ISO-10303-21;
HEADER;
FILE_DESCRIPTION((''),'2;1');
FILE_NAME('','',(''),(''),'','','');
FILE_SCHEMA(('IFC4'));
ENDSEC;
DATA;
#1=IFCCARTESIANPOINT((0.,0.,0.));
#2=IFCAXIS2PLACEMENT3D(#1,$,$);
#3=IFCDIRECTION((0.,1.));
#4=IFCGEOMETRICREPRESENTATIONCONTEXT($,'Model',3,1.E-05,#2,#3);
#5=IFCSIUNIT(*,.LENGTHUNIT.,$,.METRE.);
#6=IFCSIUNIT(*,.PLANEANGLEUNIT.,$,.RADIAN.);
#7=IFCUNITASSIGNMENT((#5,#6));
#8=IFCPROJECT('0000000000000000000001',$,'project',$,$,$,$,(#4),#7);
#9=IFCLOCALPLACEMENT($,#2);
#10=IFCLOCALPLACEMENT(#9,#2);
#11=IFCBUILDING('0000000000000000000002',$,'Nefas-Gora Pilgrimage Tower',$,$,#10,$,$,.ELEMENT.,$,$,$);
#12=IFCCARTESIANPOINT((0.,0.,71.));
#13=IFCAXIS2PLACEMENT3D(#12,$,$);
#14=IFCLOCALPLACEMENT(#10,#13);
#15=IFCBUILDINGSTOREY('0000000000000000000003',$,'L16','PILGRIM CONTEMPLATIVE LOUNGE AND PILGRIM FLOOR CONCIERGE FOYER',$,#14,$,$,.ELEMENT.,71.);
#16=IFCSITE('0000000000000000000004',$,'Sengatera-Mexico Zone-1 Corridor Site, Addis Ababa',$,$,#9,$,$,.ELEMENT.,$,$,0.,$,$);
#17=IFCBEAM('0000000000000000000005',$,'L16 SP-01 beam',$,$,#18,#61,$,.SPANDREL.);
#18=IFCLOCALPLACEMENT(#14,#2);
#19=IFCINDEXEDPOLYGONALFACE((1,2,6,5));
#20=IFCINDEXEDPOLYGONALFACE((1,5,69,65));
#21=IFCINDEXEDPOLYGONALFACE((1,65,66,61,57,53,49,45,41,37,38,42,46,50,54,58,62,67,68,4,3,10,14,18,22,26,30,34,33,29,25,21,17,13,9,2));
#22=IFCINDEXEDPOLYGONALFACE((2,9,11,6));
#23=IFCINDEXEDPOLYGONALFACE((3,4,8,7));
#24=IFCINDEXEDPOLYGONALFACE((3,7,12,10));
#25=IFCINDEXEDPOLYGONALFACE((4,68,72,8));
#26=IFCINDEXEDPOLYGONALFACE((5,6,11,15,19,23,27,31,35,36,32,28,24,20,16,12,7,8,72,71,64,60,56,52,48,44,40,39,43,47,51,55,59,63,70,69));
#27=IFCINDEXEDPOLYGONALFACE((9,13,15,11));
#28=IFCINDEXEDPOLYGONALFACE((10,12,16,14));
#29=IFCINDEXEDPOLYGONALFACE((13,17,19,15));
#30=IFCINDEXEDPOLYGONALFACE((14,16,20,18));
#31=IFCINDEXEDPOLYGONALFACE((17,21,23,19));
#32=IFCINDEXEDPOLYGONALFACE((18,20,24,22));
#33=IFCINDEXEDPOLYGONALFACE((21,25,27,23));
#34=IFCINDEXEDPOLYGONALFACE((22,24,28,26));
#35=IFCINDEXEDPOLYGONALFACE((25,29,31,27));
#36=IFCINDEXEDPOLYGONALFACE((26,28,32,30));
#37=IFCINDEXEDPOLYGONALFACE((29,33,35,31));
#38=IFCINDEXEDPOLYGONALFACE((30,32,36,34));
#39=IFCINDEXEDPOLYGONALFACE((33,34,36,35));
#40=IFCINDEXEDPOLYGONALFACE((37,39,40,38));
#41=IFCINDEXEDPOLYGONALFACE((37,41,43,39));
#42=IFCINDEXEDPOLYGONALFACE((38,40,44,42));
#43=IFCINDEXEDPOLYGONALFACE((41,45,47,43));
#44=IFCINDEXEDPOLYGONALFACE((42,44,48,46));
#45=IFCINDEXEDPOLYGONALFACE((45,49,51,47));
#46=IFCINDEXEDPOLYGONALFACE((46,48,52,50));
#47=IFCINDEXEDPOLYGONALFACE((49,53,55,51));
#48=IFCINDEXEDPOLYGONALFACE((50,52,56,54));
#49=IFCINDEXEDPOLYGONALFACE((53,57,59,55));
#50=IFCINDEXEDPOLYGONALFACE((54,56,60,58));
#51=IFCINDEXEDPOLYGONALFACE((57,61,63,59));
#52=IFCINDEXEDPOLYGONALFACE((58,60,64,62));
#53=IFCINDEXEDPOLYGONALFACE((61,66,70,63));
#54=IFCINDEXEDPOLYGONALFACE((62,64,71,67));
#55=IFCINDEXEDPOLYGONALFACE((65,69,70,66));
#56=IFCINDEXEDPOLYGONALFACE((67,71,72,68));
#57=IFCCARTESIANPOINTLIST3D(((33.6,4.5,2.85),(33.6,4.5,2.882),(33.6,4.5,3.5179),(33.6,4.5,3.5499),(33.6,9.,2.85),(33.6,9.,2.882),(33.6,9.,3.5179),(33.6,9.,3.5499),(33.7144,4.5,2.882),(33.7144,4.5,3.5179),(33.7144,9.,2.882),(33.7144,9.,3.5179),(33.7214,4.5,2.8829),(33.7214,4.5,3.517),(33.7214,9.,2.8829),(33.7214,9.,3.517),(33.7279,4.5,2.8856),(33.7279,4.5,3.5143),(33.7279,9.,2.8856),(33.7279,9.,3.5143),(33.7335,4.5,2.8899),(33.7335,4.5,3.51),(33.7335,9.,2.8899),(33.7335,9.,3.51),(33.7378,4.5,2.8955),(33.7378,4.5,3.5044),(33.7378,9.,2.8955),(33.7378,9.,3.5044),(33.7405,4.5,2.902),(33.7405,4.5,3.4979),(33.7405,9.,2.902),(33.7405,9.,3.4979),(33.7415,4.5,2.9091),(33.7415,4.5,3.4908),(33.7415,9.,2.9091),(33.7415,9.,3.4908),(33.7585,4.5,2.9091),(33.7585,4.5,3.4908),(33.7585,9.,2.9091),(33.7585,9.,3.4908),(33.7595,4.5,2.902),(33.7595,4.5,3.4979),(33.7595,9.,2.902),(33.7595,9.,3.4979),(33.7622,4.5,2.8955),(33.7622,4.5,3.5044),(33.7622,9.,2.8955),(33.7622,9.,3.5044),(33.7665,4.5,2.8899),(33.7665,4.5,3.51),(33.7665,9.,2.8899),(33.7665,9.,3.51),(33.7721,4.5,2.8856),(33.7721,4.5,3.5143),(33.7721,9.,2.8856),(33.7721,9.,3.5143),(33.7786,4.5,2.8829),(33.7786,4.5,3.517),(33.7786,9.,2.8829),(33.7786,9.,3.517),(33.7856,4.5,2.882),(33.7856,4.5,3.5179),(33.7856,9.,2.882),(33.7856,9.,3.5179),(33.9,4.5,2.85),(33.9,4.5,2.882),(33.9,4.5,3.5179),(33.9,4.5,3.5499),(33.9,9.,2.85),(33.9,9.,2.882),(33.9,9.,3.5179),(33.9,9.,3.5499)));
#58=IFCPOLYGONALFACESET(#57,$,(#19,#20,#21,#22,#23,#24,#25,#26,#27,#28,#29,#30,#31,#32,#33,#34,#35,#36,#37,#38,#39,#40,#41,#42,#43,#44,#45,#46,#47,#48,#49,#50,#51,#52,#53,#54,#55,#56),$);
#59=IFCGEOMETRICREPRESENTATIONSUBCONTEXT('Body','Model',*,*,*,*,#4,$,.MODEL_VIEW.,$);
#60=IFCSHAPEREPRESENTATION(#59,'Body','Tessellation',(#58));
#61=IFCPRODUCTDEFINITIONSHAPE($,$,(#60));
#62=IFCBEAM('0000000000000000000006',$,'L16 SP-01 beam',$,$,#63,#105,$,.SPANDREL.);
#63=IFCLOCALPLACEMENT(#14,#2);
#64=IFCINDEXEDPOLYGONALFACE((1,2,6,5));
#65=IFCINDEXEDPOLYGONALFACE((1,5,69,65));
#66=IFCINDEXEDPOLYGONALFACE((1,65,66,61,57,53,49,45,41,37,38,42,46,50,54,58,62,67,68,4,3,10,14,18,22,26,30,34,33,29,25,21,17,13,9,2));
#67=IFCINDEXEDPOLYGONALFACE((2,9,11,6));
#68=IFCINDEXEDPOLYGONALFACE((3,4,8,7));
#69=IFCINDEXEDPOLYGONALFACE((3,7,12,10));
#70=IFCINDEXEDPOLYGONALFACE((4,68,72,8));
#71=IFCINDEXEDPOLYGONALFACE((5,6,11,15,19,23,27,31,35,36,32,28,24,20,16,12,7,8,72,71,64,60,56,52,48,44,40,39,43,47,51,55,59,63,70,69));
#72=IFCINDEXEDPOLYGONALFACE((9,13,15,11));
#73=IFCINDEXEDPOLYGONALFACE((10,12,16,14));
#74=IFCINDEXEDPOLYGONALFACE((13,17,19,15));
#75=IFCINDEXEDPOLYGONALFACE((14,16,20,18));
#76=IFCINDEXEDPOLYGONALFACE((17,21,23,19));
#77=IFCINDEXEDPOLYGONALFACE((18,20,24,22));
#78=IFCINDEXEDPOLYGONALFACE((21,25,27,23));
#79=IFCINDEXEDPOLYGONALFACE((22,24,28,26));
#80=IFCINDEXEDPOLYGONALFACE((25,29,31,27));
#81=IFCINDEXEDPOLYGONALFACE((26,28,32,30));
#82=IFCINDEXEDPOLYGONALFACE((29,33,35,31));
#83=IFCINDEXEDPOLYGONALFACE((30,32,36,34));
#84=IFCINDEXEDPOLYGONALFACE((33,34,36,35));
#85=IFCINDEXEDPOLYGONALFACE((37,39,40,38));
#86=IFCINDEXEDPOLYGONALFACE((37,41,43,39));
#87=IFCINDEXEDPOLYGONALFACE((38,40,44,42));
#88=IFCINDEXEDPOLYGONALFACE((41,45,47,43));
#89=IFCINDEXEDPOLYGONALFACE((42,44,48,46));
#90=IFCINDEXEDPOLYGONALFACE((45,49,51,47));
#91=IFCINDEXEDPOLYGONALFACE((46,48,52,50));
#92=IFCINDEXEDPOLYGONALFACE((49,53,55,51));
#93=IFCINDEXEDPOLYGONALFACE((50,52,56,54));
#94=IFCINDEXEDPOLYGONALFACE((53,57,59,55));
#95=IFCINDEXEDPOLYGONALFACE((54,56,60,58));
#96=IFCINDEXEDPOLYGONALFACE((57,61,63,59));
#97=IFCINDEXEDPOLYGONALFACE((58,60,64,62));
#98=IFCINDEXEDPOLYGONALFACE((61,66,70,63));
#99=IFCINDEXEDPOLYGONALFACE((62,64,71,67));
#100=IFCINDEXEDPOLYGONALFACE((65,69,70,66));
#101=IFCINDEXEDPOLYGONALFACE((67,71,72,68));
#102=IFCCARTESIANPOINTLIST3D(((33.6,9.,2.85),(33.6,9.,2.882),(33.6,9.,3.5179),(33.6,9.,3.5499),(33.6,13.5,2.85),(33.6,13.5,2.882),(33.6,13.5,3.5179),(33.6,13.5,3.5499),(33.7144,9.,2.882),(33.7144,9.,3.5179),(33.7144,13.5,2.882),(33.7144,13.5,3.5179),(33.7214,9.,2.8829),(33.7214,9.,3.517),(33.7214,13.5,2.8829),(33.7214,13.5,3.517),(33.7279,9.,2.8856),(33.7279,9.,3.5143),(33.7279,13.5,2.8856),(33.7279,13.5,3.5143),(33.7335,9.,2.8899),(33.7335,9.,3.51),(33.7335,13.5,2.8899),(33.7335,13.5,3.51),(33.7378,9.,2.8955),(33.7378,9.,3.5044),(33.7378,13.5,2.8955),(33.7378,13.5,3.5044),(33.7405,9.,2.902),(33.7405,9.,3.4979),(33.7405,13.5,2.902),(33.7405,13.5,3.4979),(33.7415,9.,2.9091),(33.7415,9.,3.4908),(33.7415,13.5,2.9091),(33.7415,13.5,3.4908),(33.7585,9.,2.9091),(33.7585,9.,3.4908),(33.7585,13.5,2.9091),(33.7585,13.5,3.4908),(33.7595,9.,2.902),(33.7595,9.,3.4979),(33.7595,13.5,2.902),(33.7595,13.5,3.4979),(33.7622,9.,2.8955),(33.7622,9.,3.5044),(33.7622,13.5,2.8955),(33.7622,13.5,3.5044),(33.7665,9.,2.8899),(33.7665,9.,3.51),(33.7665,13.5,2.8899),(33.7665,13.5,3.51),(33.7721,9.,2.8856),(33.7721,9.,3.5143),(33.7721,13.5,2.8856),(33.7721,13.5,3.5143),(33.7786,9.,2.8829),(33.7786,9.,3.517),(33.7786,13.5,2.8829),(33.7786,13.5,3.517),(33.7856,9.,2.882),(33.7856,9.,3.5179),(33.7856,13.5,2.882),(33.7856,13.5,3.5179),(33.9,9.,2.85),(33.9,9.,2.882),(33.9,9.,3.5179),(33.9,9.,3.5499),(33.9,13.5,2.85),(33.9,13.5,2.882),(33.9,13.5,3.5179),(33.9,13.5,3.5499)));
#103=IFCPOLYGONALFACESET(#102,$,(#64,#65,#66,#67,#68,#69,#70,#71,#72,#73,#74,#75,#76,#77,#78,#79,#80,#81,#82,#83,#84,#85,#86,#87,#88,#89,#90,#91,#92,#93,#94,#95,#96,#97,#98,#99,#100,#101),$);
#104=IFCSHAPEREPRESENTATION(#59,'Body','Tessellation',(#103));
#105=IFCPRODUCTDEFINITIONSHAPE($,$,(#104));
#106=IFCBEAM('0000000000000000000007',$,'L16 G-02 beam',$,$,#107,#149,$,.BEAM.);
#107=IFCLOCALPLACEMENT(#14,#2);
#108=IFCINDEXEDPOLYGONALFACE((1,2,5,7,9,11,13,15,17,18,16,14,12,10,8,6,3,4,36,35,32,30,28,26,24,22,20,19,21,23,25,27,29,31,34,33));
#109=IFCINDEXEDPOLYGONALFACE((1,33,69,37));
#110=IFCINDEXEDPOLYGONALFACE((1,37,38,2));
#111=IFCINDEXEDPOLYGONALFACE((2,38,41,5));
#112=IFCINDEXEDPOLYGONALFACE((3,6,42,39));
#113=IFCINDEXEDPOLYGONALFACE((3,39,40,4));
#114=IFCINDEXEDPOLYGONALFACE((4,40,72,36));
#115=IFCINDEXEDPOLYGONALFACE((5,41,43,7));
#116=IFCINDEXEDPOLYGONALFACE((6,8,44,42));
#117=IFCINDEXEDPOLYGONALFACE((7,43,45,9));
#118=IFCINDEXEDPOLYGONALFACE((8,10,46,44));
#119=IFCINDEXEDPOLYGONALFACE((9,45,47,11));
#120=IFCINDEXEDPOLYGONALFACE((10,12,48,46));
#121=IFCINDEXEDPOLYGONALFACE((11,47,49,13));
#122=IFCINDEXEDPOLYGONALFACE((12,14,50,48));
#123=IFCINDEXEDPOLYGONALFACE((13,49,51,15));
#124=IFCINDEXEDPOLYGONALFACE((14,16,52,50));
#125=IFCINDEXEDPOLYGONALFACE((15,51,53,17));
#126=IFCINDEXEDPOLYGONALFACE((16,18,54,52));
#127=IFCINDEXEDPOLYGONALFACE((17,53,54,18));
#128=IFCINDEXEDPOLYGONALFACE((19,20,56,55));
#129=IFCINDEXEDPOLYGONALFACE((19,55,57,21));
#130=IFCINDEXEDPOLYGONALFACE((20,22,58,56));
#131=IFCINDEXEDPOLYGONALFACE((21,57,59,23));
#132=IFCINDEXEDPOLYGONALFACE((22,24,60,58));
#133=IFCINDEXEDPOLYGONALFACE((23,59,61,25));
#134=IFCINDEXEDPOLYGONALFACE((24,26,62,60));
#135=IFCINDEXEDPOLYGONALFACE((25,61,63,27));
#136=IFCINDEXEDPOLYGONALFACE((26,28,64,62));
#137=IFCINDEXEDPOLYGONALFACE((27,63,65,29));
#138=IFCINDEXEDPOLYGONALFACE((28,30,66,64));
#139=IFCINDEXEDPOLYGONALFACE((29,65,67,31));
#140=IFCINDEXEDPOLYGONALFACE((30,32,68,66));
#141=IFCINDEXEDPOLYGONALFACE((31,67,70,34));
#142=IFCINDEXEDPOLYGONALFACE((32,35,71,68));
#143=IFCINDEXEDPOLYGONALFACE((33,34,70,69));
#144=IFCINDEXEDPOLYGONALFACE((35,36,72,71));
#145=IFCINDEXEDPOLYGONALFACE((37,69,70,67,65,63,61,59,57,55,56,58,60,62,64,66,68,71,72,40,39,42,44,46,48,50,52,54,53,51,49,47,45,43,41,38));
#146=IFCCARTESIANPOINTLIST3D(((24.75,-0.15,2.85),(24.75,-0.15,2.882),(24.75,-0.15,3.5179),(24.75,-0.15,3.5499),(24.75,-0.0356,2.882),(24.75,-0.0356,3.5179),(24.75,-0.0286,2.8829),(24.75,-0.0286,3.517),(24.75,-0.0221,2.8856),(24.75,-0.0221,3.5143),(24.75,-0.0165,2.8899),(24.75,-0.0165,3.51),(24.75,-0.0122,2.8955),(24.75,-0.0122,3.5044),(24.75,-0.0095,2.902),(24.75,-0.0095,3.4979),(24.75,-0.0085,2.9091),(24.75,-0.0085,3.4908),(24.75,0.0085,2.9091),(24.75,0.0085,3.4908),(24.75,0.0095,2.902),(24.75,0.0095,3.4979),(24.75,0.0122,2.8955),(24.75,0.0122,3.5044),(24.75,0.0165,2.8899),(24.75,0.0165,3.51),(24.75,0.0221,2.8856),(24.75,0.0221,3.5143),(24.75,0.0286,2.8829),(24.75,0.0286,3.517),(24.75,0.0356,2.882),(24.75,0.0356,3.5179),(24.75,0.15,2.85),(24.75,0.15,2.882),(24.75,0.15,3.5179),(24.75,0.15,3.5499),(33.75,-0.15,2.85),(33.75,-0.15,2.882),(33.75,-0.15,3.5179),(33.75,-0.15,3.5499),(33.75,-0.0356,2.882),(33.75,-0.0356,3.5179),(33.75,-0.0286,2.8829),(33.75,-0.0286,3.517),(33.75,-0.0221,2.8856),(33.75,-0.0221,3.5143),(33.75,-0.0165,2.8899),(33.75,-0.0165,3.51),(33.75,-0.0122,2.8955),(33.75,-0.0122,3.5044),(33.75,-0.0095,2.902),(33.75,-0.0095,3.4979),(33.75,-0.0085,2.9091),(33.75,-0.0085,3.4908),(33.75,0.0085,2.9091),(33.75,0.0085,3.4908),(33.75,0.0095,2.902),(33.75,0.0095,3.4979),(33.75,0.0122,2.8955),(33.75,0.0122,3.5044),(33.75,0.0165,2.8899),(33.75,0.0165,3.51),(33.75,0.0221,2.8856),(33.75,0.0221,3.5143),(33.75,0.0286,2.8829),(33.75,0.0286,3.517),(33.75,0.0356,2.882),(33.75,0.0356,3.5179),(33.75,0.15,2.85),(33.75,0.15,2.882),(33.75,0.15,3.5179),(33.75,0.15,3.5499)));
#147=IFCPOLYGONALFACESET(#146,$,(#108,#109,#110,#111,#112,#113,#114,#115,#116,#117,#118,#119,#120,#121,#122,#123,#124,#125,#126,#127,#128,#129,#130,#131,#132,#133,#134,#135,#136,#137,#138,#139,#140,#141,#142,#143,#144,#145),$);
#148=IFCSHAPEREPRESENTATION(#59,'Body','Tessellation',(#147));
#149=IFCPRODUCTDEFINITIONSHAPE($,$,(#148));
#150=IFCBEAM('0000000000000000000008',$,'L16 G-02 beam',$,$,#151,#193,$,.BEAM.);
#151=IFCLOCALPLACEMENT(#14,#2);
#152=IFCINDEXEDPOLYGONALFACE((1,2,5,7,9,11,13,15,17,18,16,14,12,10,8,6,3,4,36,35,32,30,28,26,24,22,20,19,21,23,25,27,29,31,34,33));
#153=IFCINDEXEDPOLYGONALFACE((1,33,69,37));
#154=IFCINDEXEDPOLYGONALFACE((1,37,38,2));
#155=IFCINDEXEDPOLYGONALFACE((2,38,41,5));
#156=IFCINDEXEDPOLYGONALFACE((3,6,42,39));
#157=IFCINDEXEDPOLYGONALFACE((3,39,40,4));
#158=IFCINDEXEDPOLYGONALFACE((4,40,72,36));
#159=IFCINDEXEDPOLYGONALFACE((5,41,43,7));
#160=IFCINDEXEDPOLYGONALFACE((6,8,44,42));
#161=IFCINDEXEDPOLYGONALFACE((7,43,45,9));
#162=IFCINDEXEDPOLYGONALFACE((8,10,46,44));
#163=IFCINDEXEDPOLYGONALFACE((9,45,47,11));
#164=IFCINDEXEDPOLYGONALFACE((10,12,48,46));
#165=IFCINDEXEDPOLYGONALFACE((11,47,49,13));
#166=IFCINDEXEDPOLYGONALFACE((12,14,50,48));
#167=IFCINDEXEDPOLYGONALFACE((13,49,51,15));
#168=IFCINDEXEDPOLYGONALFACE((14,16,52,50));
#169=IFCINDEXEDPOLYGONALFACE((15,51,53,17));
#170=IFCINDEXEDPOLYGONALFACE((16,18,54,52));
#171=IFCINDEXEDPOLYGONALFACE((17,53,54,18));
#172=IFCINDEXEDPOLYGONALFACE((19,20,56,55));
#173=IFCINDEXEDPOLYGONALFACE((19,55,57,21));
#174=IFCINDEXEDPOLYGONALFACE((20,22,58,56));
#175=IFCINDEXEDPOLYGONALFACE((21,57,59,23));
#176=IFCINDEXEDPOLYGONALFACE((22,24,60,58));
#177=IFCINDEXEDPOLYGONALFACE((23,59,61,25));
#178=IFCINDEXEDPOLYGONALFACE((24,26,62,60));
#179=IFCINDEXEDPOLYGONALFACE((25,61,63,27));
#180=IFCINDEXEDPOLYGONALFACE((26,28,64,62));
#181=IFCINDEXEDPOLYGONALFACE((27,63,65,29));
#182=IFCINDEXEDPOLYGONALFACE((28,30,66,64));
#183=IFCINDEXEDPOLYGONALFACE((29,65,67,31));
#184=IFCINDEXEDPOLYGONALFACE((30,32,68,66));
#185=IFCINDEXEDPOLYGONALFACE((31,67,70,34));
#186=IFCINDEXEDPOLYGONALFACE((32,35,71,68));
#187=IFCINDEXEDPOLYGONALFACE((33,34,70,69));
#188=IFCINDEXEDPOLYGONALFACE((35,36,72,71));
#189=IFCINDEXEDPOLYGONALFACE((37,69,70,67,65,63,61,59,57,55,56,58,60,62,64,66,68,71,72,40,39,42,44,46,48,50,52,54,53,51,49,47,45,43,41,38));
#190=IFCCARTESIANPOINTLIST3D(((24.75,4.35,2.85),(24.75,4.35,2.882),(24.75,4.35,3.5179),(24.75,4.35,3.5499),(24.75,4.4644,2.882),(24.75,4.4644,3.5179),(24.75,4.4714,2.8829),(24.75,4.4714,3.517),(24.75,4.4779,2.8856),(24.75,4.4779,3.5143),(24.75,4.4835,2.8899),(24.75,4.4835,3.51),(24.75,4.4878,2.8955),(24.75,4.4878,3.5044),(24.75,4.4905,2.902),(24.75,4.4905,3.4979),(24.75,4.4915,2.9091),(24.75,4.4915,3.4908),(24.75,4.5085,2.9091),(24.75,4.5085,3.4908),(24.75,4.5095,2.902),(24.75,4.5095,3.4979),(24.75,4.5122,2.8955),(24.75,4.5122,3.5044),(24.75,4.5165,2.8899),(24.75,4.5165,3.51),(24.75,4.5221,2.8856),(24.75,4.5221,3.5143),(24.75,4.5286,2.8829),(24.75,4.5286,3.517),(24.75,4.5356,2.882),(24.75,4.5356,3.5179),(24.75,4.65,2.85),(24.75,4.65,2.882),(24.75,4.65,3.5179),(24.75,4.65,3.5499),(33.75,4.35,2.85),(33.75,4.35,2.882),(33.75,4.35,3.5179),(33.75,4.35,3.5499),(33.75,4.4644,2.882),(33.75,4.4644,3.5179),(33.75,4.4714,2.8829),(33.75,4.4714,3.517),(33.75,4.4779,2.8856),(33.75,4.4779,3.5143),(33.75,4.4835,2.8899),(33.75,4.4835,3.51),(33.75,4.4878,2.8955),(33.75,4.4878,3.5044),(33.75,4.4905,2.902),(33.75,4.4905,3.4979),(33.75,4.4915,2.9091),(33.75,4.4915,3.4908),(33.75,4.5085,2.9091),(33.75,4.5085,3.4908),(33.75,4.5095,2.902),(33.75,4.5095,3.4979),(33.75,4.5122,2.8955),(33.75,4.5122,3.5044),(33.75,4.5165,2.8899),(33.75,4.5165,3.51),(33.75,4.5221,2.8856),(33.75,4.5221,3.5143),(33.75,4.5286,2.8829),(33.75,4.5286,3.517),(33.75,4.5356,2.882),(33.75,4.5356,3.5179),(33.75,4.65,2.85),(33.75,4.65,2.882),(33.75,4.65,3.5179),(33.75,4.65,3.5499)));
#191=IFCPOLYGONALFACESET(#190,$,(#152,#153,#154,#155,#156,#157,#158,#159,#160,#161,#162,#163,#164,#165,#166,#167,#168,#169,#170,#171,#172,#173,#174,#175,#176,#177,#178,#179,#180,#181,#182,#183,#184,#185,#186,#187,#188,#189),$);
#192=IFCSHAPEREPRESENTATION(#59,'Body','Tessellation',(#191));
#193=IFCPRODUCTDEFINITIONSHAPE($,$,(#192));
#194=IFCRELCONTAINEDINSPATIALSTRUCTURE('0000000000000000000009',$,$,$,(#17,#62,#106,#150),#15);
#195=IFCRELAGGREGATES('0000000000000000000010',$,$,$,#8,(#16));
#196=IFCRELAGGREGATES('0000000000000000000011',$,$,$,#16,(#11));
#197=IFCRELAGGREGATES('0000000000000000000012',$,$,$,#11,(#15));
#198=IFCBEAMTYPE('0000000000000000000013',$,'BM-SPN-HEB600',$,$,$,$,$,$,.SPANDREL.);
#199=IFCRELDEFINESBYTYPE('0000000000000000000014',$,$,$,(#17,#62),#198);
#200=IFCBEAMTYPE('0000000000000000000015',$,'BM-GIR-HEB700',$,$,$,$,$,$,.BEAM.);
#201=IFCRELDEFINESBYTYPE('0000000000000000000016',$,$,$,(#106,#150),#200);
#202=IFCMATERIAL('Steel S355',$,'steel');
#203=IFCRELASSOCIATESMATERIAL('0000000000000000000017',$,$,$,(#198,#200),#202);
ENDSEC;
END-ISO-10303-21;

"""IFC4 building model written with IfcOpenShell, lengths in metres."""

from ifc_helpers import new_model, si_unit, direction, frame, origin, origin_2d, place, context, subcontext, project, spatial, i_section, extrude, source, transform, mapped, material, material_profile, profile_set, type_object, element, save


model = new_model("IFC4")

# Units and contexts
model_context = context("Model", 3, precision=1e-05, world=origin(), true_north=direction((0.0, 1.0)))
body_context = subcontext(model_context, "Body", "Model", "MODEL_VIEW")
ifc_project = project(units=[si_unit("LENGTHUNIT", "METRE"), si_unit("PLANEANGLEUNIT", "RADIAN")], contexts=[model_context])

# Site, building, storey
site_placement = place(None, origin())
site = spatial("IfcSite", under=ifc_project, at=site_placement, Name="Sengatera-Mexico Zone-1 Corridor Site, Addis Ababa", CompositionType="ELEMENT", RefElevation=0.0)
building_placement = place(site_placement, origin())
building = spatial("IfcBuilding", under=site, at=building_placement, Name="Nefas-Gora Pilgrimage Tower", CompositionType="ELEMENT")
storey_placement = place(building_placement, frame((0.0, 0.0, 71.0)))
storey = spatial("IfcBuildingStorey", under=building, at=storey_placement, Name="L16", Description="PILGRIM CONTEMPLATIVE LOUNGE AND PILGRIM FLOOR CONCIERGE FOYER", CompositionType="ELEMENT", Elevation=71.0)

# Beams
ifc_material_1 = material(Name="Steel S355", Category="steel")
ifc_material_profile_1 = material_profile(ifc_material_1, i_section(OverallWidth=0.3, OverallDepth=0.7, WebThickness=0.0171, FlangeThickness=0.032, FilletRadius=0.0271, at=origin_2d()), Name="HEB 700")
ifc_profile_set_1 = profile_set([ifc_material_profile_1], Name="Steel S355")
beam_type_1 = type_object("IfcBeamType", Name="BM-SPN-HEB600", PredefinedType="SPANDREL", material=ifc_profile_set_1)
shared_shape_1 = source(origin(), body_context, "Body", "SweptSolid", [
    extrude(i_section(OverallWidth=0.3, OverallDepth=0.7, WebThickness=0.0171, FlangeThickness=0.032, FilletRadius=0.0271, at=origin_2d()), origin(), (0.0, 0.0, 1.0), 4.5),
])
for number, where, z_axis, x_axis, name in (
    (1, (33.75, 4.5, 3.2), (0.0, 1.0, 0.0), (-1.0, 0.0, 0.0), "L16 SP-01 beam"),
    (2, (33.75, 9.0, 3.2), (0.0, 1.0, 0.0), (-1.0, 0.0, 0.0), "L16 SP-01 beam"),
):
    element("IfcBeam", number, at=place(storey_placement, frame(where, z_axis=z_axis, x_axis=x_axis)), inside=storey, type_object=beam_type_1, Name=name, PredefinedType="SPANDREL", context=body_context, shape_type="MappedRepresentation", body=[
        mapped(shared_shape_1, transform((0.0, 0.0, 0.0), x_axis=(1.0, 0.0, 0.0), y_axis=(0.0, 1.0, 0.0), z_axis=(0.0, 0.0, 1.0), scale=1.0)),
    ])
ifc_material_profile_2 = material_profile(ifc_material_1, i_section(OverallWidth=0.3, OverallDepth=0.7, WebThickness=0.0171, FlangeThickness=0.032, FilletRadius=0.0271, at=origin_2d()), Name="HEB 700")
ifc_profile_set_2 = profile_set([ifc_material_profile_2], Name="Steel S355")
beam_type_2 = type_object("IfcBeamType", Name="BM-GIR-HEB700", PredefinedType="BEAM", material=ifc_profile_set_2)
shared_shape_2 = source(origin(), body_context, "Body", "SweptSolid", [
    extrude(i_section(OverallWidth=0.3, OverallDepth=0.7, WebThickness=0.0171, FlangeThickness=0.032, FilletRadius=0.0271, at=origin_2d()), origin(), (0.0, 0.0, 1.0), 9.0),
])
for number, where, z_axis, x_axis, name in (
    (3, (24.75, 0.0, 3.2), (1.0, 0.0, 0.0), (0.0, 1.0, 0.0), "L16 G-02 beam"),
    (4, (24.75, 4.5, 3.2), (1.0, 0.0, 0.0), (0.0, 1.0, 0.0), "L16 G-02 beam"),
):
    element("IfcBeam", number, at=place(storey_placement, frame(where, z_axis=z_axis, x_axis=x_axis)), inside=storey, type_object=beam_type_2, Name=name, PredefinedType="BEAM", context=body_context, shape_type="MappedRepresentation", body=[
        mapped(shared_shape_2, transform((0.0, 0.0, 0.0), x_axis=(1.0, 0.0, 0.0), y_axis=(0.0, 1.0, 0.0), z_axis=(0.0, 0.0, 1.0), scale=1.0)),
    ])

save(model, "model.ifc")
